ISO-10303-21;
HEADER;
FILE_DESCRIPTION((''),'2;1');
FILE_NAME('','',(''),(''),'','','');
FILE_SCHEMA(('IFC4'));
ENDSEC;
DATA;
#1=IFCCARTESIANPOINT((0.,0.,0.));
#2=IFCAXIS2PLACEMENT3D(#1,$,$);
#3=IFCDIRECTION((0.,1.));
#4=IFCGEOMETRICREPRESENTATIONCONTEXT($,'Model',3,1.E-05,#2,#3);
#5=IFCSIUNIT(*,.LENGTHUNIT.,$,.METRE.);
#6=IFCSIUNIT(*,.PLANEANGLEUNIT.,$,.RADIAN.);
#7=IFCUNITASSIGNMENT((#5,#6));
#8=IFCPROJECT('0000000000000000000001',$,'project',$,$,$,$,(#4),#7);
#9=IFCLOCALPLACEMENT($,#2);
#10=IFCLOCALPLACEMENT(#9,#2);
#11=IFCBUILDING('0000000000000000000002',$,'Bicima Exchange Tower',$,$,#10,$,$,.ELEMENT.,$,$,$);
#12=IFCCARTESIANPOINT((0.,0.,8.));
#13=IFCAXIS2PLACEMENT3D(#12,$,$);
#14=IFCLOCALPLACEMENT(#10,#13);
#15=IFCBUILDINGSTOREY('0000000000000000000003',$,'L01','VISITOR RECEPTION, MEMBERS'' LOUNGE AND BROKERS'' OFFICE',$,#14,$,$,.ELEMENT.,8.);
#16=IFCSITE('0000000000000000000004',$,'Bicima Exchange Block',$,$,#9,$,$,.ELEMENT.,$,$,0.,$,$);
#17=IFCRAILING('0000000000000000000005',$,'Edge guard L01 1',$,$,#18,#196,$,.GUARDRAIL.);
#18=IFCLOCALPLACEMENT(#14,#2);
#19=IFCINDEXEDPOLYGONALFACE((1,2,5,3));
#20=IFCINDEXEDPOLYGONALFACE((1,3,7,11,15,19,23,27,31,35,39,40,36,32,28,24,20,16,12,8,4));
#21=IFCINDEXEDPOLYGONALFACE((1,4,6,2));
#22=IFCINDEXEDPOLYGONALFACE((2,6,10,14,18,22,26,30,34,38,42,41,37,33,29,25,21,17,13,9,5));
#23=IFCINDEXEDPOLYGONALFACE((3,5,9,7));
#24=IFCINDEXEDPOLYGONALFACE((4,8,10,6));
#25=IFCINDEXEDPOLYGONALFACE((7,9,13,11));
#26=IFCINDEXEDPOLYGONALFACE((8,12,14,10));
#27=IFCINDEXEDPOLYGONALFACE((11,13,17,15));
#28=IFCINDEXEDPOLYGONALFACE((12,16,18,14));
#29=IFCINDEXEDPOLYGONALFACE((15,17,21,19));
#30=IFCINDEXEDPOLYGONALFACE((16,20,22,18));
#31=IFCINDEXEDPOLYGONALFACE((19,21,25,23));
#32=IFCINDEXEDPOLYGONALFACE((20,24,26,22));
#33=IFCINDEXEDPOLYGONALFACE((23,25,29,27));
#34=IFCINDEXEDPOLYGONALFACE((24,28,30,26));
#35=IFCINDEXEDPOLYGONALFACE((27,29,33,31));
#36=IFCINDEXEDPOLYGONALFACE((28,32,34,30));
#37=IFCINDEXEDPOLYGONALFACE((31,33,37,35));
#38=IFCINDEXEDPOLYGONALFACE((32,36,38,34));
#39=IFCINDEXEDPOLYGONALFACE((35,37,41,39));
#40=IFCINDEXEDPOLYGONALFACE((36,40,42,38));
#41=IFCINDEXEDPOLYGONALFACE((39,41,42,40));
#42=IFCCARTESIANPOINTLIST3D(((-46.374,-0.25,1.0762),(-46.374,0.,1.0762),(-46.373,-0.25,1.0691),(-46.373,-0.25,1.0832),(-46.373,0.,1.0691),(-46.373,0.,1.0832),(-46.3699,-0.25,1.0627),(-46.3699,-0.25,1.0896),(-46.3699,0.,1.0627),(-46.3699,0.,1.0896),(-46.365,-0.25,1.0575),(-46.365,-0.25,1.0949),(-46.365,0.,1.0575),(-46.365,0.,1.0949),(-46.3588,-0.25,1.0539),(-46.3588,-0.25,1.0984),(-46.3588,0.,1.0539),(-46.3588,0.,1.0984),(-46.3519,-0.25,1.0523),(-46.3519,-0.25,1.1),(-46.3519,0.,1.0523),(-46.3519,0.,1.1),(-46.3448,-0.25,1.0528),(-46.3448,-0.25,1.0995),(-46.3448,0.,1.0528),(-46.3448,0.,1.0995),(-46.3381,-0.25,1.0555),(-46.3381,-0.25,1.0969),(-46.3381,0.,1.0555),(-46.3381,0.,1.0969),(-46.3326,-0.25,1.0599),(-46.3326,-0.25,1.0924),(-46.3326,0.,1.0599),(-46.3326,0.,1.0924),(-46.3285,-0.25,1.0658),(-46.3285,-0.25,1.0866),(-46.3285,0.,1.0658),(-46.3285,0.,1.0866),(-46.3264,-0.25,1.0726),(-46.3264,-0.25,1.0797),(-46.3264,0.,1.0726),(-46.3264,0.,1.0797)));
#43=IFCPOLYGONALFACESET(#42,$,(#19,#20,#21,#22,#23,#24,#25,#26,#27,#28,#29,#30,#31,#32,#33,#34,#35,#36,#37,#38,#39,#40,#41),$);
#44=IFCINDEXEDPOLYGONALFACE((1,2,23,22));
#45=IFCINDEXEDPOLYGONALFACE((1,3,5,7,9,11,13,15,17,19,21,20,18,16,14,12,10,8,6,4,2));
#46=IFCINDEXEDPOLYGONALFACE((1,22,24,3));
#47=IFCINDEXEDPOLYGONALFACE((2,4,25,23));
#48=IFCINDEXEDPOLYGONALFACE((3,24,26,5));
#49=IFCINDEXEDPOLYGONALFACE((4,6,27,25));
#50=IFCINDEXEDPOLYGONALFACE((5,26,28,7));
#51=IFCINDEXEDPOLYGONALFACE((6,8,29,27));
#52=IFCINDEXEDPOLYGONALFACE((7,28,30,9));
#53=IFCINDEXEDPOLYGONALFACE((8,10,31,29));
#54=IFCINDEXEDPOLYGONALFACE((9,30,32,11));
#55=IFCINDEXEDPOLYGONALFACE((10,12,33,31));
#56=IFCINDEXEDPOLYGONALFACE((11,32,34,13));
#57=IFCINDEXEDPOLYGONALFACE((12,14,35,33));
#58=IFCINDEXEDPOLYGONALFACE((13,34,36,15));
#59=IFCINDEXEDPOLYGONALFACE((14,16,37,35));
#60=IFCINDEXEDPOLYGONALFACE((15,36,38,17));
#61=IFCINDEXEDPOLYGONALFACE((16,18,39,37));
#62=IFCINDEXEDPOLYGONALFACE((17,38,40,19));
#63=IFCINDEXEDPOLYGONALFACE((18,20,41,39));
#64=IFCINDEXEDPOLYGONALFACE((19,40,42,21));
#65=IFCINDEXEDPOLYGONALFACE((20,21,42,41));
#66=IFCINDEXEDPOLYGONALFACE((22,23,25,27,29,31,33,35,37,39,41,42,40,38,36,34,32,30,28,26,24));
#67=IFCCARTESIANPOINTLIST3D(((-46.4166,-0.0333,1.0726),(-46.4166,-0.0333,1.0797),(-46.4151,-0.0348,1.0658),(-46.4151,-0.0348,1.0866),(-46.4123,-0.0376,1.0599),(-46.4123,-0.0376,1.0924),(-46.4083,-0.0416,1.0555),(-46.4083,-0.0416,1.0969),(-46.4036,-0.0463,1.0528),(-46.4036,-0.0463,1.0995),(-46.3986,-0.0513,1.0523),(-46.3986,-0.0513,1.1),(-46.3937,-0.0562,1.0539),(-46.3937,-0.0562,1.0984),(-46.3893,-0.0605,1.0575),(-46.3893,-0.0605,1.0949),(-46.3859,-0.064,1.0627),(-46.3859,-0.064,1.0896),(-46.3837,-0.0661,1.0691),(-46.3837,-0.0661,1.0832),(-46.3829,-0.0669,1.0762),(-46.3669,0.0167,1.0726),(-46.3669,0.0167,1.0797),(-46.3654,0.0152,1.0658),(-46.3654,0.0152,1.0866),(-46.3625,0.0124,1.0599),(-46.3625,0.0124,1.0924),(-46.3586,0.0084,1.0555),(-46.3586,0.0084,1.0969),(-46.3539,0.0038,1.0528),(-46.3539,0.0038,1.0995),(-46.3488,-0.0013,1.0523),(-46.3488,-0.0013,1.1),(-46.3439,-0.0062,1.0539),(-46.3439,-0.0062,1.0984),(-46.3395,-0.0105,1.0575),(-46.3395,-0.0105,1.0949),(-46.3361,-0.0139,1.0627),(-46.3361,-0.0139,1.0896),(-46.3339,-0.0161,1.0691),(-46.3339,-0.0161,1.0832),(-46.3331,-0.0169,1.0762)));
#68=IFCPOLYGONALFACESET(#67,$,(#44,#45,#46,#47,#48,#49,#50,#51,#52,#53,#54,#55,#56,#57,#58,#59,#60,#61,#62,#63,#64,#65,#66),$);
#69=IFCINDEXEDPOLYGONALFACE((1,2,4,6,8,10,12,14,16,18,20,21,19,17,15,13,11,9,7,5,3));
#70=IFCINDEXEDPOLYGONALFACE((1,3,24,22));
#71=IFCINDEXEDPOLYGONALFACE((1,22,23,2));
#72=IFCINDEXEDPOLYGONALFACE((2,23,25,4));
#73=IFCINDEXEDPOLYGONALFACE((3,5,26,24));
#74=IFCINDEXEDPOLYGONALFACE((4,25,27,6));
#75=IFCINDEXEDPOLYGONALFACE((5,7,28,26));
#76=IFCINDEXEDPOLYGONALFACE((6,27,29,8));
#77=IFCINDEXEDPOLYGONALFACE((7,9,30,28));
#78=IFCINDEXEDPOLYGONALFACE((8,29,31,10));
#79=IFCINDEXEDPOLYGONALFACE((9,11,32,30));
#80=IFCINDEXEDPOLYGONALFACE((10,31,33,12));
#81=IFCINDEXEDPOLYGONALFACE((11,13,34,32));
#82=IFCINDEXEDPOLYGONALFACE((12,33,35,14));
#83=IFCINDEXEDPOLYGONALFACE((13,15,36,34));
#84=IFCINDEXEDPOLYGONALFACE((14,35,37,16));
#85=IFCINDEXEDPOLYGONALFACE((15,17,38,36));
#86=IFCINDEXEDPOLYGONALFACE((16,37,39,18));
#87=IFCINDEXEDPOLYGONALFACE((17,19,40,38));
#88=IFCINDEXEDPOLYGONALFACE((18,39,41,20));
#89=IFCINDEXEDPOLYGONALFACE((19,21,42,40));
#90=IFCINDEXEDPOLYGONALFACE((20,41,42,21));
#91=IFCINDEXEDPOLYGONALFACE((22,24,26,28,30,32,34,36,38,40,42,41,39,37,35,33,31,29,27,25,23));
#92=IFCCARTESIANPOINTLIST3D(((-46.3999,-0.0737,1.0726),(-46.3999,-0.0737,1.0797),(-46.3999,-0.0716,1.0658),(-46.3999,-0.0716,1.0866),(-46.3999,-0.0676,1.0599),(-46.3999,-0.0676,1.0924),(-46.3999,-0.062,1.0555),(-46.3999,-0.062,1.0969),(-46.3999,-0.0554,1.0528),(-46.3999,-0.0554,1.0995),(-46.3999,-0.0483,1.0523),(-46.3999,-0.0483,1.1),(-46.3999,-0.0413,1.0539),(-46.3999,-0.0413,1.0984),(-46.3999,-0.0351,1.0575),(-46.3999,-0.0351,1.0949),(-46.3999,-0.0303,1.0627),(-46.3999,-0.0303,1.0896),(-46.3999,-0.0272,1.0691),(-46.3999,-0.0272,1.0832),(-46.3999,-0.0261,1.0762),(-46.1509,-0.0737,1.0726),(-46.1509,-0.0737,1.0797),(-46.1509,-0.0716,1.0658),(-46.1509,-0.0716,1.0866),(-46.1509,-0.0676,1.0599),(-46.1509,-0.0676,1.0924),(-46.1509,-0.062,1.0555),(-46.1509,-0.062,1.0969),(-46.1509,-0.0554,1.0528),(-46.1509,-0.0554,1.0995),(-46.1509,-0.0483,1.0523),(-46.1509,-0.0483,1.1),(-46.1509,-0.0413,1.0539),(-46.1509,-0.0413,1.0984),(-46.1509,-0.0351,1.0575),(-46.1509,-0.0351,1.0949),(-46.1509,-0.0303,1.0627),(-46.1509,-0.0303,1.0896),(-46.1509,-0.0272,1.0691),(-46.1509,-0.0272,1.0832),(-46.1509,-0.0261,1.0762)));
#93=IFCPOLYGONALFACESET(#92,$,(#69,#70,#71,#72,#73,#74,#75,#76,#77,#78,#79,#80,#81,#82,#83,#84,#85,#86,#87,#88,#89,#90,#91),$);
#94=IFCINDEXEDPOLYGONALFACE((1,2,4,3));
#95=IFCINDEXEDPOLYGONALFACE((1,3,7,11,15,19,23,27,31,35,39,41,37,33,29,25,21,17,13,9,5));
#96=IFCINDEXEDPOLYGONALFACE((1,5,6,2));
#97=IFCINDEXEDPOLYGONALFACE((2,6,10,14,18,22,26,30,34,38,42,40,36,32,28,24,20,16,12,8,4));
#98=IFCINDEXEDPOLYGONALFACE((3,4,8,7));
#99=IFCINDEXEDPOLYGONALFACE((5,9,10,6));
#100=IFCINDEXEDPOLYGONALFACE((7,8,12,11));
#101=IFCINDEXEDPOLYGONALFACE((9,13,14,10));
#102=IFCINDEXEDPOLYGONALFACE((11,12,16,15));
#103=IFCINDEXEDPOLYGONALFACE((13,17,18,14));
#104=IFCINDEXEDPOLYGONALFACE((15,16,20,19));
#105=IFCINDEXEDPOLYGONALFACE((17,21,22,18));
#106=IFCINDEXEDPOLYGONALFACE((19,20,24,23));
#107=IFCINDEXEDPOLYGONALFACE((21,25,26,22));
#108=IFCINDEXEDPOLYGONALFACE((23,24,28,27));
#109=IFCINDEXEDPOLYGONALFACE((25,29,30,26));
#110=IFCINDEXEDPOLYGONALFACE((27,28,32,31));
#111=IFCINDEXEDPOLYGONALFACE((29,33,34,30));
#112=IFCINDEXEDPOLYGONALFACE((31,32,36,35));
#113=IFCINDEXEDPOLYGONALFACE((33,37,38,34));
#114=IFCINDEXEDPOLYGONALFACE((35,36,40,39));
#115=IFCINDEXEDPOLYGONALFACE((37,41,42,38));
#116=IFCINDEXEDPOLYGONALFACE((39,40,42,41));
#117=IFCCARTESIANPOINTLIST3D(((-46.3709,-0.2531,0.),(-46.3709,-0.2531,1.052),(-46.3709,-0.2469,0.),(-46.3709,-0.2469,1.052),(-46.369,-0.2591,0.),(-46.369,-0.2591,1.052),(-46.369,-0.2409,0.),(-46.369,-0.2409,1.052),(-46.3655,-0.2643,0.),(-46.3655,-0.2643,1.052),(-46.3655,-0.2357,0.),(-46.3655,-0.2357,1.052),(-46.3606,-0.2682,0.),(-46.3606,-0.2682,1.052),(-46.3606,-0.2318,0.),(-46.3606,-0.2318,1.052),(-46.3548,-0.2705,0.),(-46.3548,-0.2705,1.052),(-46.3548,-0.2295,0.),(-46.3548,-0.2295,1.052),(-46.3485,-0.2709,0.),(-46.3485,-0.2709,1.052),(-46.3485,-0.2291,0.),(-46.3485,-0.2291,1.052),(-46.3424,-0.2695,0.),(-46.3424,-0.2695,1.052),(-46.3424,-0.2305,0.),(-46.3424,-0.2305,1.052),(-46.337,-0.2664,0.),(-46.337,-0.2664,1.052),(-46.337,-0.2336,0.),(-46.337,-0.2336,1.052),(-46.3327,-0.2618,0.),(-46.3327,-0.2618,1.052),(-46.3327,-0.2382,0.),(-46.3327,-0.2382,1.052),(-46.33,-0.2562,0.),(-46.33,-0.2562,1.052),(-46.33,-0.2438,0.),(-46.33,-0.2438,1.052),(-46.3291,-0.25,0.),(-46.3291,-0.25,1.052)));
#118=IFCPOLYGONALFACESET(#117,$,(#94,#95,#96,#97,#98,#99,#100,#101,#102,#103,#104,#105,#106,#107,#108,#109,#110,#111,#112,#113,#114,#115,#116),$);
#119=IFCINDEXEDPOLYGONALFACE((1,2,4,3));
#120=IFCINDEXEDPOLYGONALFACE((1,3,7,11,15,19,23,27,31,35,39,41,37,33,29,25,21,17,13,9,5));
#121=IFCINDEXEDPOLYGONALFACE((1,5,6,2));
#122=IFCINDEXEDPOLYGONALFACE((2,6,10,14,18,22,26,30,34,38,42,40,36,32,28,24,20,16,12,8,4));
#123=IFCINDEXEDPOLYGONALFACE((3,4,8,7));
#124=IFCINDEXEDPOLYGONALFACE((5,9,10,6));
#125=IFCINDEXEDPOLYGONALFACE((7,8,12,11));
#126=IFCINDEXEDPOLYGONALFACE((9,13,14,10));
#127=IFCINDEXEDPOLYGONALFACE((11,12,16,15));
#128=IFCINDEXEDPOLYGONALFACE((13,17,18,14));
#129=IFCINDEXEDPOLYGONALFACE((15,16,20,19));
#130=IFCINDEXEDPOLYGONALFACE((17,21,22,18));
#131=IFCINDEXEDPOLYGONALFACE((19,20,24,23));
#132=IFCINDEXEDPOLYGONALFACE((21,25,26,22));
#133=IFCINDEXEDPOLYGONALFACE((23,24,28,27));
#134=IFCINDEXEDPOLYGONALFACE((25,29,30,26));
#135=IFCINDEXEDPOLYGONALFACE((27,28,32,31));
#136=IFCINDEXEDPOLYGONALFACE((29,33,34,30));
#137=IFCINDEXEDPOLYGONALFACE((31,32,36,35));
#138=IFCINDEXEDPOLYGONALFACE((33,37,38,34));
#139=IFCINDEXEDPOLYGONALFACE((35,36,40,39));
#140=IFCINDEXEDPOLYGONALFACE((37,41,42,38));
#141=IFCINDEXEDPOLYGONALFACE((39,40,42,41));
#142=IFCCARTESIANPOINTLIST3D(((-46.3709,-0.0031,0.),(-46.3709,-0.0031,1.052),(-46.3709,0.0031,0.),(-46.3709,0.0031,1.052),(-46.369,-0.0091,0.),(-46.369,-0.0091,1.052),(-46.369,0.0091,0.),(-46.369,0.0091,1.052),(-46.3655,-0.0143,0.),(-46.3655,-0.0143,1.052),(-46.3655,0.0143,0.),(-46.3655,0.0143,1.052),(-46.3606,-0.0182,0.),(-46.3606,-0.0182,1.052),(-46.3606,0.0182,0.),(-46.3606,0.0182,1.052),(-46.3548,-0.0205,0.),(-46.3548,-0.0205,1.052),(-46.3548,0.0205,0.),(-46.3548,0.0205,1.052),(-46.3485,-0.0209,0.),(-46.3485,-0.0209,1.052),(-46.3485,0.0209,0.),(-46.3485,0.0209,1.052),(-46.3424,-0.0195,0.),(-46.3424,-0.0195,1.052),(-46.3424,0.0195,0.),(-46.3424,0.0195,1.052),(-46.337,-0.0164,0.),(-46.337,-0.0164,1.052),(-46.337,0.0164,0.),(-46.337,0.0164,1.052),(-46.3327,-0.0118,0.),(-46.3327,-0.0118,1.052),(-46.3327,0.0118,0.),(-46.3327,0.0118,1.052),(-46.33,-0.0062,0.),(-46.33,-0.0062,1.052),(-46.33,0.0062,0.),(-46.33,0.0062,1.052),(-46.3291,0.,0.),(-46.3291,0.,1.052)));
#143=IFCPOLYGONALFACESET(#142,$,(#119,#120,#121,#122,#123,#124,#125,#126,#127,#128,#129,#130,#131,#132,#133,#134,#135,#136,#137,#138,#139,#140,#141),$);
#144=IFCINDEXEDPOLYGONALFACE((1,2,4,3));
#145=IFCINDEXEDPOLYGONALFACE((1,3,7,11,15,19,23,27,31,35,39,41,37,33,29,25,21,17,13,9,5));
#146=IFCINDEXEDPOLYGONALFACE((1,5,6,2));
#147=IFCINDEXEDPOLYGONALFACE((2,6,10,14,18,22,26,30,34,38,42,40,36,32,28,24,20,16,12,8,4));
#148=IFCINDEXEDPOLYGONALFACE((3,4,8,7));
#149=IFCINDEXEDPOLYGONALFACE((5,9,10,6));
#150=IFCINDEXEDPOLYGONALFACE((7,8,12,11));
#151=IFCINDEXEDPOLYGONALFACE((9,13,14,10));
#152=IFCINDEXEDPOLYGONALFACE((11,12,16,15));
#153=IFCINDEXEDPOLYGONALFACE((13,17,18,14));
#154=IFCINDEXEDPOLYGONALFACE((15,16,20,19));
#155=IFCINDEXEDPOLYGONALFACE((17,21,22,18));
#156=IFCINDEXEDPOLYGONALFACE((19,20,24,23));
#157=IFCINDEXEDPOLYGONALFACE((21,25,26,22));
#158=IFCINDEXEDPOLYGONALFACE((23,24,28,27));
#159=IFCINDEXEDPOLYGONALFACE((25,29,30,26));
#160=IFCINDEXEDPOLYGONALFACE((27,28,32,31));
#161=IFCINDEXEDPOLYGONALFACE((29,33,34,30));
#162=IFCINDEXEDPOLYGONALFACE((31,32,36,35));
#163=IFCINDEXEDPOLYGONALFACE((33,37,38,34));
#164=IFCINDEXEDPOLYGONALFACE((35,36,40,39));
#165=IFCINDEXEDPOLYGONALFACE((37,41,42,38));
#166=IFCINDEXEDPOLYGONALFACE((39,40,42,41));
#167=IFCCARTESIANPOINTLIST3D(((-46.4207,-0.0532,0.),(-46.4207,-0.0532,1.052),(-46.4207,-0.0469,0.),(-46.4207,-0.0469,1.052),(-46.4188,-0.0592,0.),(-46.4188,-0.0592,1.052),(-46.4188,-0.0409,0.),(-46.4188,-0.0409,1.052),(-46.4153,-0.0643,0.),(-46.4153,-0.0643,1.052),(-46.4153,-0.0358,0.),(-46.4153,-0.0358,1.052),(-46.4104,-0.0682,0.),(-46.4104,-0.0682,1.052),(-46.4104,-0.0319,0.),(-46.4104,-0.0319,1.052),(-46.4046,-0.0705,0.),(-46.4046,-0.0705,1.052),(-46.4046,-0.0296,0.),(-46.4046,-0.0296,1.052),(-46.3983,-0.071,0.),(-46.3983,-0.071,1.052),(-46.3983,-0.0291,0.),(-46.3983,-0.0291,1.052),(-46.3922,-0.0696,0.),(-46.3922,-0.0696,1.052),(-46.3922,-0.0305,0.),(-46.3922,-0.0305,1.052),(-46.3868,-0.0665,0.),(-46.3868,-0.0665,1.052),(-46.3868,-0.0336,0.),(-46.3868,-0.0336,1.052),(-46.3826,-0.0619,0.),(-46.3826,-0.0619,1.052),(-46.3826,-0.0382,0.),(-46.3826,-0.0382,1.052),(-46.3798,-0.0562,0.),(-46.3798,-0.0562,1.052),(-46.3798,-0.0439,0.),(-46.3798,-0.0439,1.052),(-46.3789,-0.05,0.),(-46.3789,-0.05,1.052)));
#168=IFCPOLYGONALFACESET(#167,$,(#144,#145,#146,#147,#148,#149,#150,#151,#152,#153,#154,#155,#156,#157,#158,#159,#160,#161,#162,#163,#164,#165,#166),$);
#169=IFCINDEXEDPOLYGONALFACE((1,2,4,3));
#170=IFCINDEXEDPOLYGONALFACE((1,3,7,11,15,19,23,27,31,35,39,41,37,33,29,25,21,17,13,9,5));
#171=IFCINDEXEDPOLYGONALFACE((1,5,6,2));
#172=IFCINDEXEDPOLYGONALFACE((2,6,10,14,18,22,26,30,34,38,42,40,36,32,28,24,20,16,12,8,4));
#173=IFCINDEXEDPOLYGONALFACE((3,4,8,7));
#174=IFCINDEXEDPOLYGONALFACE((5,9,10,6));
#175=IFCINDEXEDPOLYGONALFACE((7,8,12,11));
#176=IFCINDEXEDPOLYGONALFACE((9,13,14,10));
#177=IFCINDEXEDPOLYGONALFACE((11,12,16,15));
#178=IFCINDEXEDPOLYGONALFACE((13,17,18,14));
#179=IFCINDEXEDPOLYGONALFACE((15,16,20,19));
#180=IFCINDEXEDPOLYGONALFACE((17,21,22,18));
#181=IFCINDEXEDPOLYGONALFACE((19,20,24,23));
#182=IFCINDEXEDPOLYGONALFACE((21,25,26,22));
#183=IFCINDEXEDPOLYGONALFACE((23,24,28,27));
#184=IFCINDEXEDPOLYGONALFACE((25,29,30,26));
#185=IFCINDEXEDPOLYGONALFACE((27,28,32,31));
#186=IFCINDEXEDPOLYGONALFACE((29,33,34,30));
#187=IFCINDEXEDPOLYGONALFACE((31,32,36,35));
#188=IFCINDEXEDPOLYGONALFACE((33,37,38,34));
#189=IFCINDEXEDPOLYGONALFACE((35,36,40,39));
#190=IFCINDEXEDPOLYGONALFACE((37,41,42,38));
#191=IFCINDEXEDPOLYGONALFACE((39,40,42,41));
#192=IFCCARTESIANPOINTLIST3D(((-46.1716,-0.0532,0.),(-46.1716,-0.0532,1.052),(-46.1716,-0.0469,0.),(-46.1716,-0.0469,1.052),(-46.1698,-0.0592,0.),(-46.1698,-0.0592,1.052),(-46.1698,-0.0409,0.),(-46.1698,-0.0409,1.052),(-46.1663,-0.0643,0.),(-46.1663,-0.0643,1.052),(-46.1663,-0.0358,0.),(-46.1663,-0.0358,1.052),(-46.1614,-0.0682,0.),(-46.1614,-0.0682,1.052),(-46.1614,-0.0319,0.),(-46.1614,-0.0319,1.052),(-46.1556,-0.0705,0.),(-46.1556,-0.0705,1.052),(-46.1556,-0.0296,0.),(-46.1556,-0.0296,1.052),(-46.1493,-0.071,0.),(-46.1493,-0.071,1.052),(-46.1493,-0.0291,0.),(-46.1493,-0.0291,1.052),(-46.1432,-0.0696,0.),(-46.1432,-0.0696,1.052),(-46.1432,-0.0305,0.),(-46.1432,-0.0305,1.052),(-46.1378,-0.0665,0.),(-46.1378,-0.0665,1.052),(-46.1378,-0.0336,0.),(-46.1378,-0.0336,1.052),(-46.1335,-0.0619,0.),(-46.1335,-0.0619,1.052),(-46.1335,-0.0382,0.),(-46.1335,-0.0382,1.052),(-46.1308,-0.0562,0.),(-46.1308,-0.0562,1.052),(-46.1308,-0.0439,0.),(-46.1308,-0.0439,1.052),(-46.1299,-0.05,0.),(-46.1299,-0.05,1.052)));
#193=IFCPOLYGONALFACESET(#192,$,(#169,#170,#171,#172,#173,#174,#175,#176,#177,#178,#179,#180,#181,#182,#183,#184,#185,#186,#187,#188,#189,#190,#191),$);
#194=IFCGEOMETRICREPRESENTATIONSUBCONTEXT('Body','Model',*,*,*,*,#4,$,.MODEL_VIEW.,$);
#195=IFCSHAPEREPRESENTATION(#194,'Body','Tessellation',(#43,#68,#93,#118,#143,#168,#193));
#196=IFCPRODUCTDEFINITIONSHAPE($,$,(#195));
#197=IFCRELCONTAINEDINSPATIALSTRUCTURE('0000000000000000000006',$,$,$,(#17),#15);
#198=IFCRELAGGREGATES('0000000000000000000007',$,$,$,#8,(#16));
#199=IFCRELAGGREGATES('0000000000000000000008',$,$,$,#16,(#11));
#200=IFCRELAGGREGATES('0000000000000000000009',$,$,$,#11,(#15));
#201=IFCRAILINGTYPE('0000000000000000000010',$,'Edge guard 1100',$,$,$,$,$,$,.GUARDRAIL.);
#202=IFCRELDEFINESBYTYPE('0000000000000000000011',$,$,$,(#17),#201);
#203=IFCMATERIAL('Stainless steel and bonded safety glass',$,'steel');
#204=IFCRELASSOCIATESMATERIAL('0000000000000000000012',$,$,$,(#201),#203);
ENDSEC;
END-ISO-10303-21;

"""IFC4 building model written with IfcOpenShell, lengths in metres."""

from ifc_helpers import new_model, si_unit, direction, frame, origin, origin_2d, place, context, subcontext, project, spatial, circle, extrude, material, type_object, element, save


model = new_model("IFC4")

# Units and contexts
model_context = context("Model", 3, precision=1e-05, world=origin(), true_north=direction((0.0, 1.0)))
body_context = subcontext(model_context, "Body", "Model", "MODEL_VIEW")
ifc_project = project(units=[si_unit("LENGTHUNIT", "METRE"), si_unit("PLANEANGLEUNIT", "RADIAN")], contexts=[model_context])

# Site, building, storey
site_placement = place(None, origin())
site = spatial("IfcSite", under=ifc_project, at=site_placement, Name="Bicima Exchange Block", CompositionType="ELEMENT", RefElevation=0.0)
building_placement = place(site_placement, origin())
building = spatial("IfcBuilding", under=site, at=building_placement, Name="Bicima Exchange Tower", CompositionType="ELEMENT")
storey_placement = place(building_placement, frame((0.0, 0.0, 8.0)))
storey = spatial("IfcBuildingStorey", under=building, at=storey_placement, Name="L01", Description="VISITOR RECEPTION, MEMBERS' LOUNGE AND BROKERS' OFFICE", CompositionType="ELEMENT", Elevation=8.0)

# Railing
ifc_material_1 = material(Name="Stainless steel and bonded safety glass", Category="steel")
railing_type = type_object("IfcRailingType", Name="Edge guard 1100", PredefinedType="GUARDRAIL", material=ifc_material_1)
railing_placement = place(storey_placement, frame((-46.3501, -0.25, 0.0)))
element("IfcRailing", 1, at=railing_placement, inside=storey, type_object=railing_type, Name="Edge guard L01 1", PredefinedType="GUARDRAIL", context=body_context, shape_type="SweptSolid", body=[
    extrude(circle(Radius=0.0239, at=origin_2d()), frame((0.0, 0.0, 1.0762), z_axis=(0.0, 1.0, 0.0), x_axis=(-1.0, 0.0, 0.0)), (0.0, 0.0, 1.0), 0.25),
    extrude(circle(Radius=0.0239, at=origin_2d()), frame((0.0, 0.25, 1.0762), z_axis=(-0.705376, -0.708834, 0.0), x_axis=(0.708834, -0.705376, 0.0)), (0.0, 0.0, 1.0), 0.0706),
    extrude(circle(Radius=0.0239, at=origin_2d()), frame((-0.0498, 0.2, 1.0762), z_axis=(1.0, 0.0, 0.0), x_axis=(0.0, 1.0, 0.0)), (0.0, 0.0, 1.0), 0.249),
    extrude(circle(Radius=0.021, at=origin_2d()), origin(), (0.0, 0.0, 1.0), 1.052),
    extrude(circle(Radius=0.021, at=origin_2d()), frame((0.0, 0.25, 0.0)), (0.0, 0.0, 1.0), 1.052),
    extrude(circle(Radius=0.021, at=origin_2d()), frame((-0.0498, 0.2, 0.0)), (0.0, 0.0, 1.0), 1.052),
    extrude(circle(Radius=0.021, at=origin_2d()), frame((0.1992, 0.2, 0.0)), (0.0, 0.0, 1.0), 1.052),
])

save(model, "model.ifc")
